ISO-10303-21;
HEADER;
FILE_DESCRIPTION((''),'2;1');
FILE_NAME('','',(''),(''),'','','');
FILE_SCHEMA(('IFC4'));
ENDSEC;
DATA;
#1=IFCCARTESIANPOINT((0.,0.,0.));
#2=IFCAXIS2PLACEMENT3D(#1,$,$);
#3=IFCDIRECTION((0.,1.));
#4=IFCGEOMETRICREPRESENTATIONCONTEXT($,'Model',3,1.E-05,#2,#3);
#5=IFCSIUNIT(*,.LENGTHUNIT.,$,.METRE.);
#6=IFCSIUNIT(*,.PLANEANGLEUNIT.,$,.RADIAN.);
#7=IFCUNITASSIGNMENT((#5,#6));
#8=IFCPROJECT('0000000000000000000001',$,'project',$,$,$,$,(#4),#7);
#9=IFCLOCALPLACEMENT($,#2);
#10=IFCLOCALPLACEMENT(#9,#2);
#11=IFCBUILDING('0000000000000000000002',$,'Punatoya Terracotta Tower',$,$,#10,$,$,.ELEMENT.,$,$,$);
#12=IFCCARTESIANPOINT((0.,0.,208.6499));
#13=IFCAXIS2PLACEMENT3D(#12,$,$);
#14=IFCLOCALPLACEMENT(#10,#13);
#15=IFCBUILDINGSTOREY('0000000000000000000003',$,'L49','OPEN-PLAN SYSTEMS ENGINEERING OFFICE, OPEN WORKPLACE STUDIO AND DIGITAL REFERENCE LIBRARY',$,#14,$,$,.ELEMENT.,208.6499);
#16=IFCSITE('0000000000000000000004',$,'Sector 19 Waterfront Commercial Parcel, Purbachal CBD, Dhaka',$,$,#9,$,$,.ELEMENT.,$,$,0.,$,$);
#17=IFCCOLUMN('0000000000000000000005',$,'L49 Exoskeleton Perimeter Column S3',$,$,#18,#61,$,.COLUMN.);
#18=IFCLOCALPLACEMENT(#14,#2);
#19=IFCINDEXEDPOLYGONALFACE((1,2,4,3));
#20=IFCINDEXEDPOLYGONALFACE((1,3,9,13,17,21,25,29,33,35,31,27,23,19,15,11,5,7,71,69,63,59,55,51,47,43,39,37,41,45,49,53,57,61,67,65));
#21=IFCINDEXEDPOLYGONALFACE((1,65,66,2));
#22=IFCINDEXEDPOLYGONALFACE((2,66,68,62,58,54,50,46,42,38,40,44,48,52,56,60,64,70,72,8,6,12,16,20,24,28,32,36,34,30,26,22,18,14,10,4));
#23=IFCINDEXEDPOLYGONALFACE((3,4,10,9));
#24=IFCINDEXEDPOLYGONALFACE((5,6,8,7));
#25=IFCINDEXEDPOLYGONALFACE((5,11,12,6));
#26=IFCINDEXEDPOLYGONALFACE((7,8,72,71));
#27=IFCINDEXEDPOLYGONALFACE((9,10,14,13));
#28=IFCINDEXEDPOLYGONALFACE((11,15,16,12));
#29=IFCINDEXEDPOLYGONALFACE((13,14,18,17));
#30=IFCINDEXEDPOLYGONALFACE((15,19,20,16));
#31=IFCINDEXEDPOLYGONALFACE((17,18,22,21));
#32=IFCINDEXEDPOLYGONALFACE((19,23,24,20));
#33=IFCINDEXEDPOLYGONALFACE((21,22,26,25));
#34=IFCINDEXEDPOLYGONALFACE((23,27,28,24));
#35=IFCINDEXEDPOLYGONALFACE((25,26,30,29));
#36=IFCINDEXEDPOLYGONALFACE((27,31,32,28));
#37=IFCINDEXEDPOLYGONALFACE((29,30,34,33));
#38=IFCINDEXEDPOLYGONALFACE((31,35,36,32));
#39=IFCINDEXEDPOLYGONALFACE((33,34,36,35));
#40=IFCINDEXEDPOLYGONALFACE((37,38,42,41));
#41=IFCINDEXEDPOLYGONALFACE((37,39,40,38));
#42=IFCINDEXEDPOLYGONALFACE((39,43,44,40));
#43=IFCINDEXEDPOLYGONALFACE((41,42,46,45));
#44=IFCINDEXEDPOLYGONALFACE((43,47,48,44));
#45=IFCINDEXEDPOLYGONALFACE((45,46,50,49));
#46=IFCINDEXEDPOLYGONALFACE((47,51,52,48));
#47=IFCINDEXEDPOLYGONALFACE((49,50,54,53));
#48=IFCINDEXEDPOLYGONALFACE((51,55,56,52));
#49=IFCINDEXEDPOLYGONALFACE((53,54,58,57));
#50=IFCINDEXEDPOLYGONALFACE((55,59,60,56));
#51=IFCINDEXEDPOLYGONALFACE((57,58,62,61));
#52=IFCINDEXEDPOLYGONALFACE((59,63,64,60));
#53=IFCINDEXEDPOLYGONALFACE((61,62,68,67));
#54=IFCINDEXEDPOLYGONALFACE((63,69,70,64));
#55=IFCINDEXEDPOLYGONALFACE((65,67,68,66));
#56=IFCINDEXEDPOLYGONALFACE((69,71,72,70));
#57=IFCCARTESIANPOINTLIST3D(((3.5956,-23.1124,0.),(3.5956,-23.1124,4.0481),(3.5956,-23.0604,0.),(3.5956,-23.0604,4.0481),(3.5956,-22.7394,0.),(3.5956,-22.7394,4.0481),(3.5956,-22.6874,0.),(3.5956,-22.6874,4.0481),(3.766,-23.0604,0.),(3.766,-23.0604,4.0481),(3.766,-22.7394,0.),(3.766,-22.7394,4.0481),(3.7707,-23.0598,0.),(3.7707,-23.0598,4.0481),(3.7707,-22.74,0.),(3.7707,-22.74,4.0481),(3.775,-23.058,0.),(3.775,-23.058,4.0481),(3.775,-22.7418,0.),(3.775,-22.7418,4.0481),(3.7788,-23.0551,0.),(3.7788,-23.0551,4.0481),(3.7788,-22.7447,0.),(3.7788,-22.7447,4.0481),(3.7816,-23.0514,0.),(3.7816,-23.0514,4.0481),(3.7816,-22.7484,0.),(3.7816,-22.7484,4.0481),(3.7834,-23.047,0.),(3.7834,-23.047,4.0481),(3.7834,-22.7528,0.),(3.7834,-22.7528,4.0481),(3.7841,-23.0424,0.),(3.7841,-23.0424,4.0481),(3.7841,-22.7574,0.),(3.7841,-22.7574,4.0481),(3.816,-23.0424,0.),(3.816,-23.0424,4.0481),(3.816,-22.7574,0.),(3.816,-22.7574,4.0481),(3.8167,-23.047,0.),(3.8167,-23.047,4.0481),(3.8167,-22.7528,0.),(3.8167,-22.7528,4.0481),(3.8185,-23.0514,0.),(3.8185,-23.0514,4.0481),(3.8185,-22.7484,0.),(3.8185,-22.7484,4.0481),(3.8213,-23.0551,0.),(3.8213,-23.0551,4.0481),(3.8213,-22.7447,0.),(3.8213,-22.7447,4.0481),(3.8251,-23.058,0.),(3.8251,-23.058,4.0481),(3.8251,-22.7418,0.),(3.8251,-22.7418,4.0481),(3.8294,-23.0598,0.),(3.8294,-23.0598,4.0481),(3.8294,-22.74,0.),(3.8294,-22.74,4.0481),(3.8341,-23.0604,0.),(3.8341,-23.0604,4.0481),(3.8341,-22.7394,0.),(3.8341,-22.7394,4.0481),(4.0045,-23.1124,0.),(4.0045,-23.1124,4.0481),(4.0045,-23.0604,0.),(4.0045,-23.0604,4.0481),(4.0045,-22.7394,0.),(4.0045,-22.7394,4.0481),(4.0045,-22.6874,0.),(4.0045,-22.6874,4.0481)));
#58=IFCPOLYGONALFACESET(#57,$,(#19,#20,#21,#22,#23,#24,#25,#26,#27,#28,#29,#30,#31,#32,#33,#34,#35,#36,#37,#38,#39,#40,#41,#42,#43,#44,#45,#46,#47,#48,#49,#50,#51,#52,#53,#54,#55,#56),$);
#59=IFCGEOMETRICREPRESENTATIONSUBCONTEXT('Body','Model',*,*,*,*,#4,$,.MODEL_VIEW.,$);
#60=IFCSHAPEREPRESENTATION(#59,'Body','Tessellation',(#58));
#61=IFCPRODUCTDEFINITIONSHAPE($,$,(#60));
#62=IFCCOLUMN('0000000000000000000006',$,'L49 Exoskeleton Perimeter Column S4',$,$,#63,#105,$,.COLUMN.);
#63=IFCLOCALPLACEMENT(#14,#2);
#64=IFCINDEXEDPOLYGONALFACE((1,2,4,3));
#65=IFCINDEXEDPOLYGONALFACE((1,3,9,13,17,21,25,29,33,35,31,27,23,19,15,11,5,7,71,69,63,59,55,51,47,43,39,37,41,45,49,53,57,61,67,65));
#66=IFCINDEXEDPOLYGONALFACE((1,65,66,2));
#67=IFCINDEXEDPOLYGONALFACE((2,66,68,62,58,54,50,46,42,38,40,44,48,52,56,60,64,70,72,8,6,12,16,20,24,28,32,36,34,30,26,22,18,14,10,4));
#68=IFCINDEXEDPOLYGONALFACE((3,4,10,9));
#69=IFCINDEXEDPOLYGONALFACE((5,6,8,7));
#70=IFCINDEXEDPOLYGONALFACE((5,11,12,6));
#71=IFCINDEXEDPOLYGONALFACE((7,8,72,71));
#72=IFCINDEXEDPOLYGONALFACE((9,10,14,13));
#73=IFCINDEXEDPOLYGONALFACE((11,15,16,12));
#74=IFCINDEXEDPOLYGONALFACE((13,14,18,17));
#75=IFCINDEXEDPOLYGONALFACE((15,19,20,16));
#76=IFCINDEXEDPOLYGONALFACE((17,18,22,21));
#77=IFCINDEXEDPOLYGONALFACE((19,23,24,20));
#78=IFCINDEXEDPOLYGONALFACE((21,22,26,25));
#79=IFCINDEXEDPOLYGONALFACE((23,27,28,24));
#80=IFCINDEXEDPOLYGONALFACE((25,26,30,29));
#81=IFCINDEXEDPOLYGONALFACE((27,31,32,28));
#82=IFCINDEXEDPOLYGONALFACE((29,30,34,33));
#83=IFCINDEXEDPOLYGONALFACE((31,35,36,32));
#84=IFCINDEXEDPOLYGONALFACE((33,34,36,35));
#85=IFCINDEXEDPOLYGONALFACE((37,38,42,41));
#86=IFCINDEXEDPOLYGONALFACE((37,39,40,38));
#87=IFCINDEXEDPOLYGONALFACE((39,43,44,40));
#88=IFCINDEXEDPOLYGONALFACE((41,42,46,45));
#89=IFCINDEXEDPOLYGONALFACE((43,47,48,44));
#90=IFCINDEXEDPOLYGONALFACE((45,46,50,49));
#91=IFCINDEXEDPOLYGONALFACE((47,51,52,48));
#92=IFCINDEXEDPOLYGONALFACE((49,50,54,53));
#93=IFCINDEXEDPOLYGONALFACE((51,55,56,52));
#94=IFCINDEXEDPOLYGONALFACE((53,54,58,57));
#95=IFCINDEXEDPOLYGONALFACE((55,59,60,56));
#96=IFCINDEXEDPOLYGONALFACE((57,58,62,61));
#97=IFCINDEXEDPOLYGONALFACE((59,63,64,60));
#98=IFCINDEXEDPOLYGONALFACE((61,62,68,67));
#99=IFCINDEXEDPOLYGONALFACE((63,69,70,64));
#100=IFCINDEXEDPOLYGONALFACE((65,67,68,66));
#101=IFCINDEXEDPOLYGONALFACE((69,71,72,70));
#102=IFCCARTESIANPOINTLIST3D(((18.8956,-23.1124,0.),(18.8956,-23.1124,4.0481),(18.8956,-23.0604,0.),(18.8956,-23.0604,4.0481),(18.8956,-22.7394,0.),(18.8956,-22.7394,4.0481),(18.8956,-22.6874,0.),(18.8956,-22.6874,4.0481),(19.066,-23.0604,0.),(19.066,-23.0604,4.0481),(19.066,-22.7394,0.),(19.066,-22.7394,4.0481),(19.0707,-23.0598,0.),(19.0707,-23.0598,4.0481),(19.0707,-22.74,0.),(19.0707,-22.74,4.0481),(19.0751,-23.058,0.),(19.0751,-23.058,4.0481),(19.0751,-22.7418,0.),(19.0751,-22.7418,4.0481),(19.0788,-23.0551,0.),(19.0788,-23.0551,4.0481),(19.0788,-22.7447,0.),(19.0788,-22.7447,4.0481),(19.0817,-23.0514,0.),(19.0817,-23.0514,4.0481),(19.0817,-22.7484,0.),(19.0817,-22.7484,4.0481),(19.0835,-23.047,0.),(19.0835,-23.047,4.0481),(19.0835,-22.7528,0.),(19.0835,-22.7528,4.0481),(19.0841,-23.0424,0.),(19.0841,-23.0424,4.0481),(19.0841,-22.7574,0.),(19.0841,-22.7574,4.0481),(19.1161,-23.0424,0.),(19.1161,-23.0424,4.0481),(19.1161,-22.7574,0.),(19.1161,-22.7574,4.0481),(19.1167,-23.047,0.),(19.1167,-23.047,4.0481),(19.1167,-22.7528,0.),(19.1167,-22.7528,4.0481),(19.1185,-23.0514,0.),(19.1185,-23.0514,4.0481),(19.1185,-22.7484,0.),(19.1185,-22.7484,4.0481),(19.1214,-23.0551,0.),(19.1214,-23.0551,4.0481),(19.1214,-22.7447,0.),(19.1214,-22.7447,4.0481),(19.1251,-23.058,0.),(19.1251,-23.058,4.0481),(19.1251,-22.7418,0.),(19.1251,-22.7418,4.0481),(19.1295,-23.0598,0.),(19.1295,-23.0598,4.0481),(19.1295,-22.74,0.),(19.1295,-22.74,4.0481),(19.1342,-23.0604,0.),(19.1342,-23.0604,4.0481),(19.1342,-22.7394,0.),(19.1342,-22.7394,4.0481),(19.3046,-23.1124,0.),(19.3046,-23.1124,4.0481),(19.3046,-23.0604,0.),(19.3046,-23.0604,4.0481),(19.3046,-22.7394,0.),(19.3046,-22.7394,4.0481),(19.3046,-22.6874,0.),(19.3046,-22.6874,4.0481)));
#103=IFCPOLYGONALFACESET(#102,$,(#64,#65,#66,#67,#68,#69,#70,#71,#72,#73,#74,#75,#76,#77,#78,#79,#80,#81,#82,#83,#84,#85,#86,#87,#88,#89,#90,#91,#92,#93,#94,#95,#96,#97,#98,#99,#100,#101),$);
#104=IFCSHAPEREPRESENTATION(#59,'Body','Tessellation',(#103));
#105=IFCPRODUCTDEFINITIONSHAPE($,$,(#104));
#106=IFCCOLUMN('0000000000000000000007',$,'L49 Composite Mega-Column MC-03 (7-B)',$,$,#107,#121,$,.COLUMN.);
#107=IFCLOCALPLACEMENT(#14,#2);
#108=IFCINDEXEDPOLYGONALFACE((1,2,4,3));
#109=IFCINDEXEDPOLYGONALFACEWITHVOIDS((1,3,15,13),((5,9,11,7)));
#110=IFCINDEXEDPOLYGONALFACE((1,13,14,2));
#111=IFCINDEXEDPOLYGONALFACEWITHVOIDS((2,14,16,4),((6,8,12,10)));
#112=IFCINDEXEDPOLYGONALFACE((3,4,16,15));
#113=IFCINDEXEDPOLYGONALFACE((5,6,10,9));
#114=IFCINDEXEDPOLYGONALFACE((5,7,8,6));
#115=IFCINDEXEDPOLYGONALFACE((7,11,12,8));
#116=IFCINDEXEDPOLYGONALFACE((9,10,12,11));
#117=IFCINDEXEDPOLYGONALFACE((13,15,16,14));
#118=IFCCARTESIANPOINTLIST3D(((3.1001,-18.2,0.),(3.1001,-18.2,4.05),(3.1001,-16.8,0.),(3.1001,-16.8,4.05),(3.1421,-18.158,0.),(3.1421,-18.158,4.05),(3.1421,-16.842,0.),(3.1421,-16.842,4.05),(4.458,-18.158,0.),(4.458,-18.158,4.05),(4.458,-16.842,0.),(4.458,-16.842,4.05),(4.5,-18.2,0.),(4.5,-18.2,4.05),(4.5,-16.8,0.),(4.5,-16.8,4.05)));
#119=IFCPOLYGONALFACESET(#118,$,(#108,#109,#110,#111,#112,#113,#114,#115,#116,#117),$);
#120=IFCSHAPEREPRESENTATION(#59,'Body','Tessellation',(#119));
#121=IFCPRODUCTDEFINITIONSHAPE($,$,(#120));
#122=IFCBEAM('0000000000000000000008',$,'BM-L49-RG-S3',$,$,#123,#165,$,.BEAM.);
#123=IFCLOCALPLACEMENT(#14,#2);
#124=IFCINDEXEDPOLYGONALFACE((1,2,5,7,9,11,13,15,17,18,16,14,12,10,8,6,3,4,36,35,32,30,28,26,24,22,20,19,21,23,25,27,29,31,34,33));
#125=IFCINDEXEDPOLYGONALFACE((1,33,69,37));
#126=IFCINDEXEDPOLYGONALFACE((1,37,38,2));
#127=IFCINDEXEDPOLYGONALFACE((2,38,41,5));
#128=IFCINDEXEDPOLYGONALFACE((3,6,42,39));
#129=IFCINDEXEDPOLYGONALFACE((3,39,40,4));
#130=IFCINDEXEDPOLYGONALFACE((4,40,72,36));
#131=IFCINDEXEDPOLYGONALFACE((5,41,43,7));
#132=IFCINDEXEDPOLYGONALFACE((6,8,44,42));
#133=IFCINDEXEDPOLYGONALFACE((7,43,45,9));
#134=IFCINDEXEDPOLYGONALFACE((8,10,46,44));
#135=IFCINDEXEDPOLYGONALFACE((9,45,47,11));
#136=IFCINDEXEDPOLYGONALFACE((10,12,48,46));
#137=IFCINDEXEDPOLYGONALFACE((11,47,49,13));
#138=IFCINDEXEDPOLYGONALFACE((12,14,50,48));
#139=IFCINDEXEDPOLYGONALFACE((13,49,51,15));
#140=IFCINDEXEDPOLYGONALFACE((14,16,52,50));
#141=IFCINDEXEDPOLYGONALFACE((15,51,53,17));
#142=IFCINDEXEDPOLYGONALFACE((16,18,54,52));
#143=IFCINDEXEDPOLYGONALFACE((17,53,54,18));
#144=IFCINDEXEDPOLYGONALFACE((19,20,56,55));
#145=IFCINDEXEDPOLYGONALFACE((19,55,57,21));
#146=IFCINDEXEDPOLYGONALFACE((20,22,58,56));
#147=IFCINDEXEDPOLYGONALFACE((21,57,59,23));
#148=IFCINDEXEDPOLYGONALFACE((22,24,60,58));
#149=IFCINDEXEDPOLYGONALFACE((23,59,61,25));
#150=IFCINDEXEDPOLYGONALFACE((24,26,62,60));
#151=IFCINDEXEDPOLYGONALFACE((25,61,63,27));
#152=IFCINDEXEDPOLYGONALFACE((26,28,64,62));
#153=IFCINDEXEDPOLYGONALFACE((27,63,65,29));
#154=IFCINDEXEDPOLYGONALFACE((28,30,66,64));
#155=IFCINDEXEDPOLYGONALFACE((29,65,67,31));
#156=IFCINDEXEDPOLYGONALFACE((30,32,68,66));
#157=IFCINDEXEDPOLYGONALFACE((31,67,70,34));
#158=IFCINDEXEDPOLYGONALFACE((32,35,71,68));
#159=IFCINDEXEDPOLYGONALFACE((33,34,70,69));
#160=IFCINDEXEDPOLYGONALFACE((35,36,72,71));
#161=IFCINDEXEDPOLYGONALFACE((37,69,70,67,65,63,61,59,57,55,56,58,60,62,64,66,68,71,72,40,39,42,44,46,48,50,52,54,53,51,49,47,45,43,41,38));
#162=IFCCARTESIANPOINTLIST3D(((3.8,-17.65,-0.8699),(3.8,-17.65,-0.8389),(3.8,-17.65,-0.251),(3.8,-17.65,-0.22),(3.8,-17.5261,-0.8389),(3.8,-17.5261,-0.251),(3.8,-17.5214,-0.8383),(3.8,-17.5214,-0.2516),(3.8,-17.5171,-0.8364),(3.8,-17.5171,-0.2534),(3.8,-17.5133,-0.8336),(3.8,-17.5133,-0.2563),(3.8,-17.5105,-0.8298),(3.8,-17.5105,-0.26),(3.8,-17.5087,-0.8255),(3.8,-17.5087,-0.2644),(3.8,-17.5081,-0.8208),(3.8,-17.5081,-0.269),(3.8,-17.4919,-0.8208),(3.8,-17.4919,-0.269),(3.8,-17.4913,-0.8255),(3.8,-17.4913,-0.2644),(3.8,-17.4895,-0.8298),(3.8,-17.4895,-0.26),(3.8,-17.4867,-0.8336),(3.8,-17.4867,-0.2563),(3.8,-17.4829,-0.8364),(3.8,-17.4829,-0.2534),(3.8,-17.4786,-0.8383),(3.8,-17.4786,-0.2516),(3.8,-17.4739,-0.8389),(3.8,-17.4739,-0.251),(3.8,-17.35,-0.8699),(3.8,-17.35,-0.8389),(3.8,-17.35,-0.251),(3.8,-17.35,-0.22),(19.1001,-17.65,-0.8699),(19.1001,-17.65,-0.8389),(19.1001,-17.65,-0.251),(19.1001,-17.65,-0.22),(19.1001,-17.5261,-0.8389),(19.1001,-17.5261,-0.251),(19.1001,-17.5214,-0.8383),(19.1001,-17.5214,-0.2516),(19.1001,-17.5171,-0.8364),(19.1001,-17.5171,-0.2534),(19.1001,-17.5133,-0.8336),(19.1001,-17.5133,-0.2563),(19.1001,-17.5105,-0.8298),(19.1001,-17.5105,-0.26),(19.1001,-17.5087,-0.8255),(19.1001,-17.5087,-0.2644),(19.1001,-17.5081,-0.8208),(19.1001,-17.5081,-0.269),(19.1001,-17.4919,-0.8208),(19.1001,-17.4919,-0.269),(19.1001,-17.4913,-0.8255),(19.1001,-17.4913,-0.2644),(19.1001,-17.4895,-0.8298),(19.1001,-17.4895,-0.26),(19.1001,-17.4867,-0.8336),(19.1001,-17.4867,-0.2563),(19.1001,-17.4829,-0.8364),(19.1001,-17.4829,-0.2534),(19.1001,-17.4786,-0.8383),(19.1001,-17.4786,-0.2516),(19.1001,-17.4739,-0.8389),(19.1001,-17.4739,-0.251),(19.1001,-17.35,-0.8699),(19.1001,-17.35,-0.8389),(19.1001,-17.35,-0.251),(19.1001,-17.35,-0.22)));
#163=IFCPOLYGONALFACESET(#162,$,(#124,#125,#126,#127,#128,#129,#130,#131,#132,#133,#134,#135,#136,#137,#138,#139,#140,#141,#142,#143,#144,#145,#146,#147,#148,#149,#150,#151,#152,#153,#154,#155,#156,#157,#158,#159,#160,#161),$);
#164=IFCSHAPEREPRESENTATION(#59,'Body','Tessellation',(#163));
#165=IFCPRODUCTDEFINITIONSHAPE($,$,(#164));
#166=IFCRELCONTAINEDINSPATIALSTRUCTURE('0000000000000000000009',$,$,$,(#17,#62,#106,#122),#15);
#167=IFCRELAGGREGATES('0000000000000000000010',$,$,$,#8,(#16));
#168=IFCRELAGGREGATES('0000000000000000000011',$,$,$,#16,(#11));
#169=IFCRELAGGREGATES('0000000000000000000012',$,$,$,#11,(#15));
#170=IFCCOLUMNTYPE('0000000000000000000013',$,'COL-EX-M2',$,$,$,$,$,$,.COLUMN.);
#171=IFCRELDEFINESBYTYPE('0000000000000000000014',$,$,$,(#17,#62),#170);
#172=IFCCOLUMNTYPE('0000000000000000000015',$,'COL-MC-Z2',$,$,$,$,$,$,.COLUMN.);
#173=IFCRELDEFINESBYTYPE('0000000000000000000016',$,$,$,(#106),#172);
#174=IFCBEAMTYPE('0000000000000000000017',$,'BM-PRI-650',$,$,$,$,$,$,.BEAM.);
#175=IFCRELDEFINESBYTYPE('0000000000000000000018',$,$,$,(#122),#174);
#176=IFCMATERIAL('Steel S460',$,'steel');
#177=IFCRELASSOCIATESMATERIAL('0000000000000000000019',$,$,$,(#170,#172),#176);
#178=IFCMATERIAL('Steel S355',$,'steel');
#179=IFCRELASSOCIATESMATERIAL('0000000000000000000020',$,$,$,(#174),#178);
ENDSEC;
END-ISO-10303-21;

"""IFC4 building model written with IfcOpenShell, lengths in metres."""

from ifc_helpers import new_model, si_unit, direction, frame, origin, origin_2d, place, context, subcontext, project, spatial, hollow_rectangle, i_section, extrude, material, material_profile, profile_set, type_object, element, save


model = new_model("IFC4")

# Units and contexts
model_context = context("Model", 3, precision=1e-05, world=origin(), true_north=direction((0.0, 1.0)))
body_context = subcontext(model_context, "Body", "Model", "MODEL_VIEW")
ifc_project = project(units=[si_unit("LENGTHUNIT", "METRE"), si_unit("PLANEANGLEUNIT", "RADIAN")], contexts=[model_context])

# Site, building, storey
site_placement = place(None, origin())
site = spatial("IfcSite", under=ifc_project, at=site_placement, Name="Sector 19 Waterfront Commercial Parcel, Purbachal CBD, Dhaka", CompositionType="ELEMENT", RefElevation=0.0)
building_placement = place(site_placement, origin())
building = spatial("IfcBuilding", under=site, at=building_placement, Name="Punatoya Terracotta Tower", CompositionType="ELEMENT")
storey_placement = place(building_placement, frame((0.0, 0.0, 208.6499)))
storey = spatial("IfcBuildingStorey", under=building, at=storey_placement, Name="L49", Description="OPEN-PLAN SYSTEMS ENGINEERING OFFICE, OPEN WORKPLACE STUDIO AND DIGITAL REFERENCE LIBRARY", CompositionType="ELEMENT", Elevation=208.6499)

# Columns
ifc_material_1 = material(Name="Steel S460", Category="steel")
ifc_material_profile_1 = material_profile(ifc_material_1, i_section(OverallWidth=0.4089, OverallDepth=0.425, WebThickness=0.032, FlangeThickness=0.052, FilletRadius=0.0181, at=origin_2d()))
ifc_profile_set_1 = profile_set([ifc_material_profile_1], Name="Steel S460")
column_type_1 = type_object("IfcColumnType", Name="COL-EX-M2", PredefinedType="COLUMN", material=ifc_profile_set_1)
for number, where, z_axis, x_axis, name in (
    (1, (3.8, -22.8999, 0.0), (0.0, 0.0, 1.0), (1.0, 0.0, 0.0), "L49 Exoskeleton Perimeter Column S3"),
    (2, (19.1001, -22.8999, 0.0), (0.0, 0.0, 1.0), (1.0, 0.0, 0.0), "L49 Exoskeleton Perimeter Column S4"),
):
    element("IfcColumn", number, at=place(storey_placement, frame(where, z_axis=z_axis, x_axis=x_axis)), inside=storey, type_object=column_type_1, Name=name, PredefinedType="COLUMN", context=body_context, shape_type="SweptSolid", body=[
        extrude(i_section(OverallWidth=0.4089, OverallDepth=0.425, WebThickness=0.032, FlangeThickness=0.052, FilletRadius=0.0181, at=origin_2d()), origin(), (0.0, 0.0, 1.0), 4.0481),
    ])
ifc_material_profile_2 = material_profile(ifc_material_1, hollow_rectangle(XDim=1.3999, YDim=1.3999, WallThickness=0.042, at=origin_2d()))
ifc_profile_set_2 = profile_set([ifc_material_profile_2], Name="Steel S460")
column_type_2 = type_object("IfcColumnType", Name="COL-MC-Z2", PredefinedType="COLUMN", material=ifc_profile_set_2)
column_placement = place(storey_placement, frame((3.8, -17.5, 0.0), z_axis=(0.0, 0.0, 1.0), x_axis=(1.0, 0.0, 0.0)))
element("IfcColumn", 3, at=column_placement, inside=storey, type_object=column_type_2, Name="L49 Composite Mega-Column MC-03 (7-B)", PredefinedType="COLUMN", context=body_context, shape_type="SweptSolid", body=[
    extrude(hollow_rectangle(XDim=1.3999, YDim=1.3999, WallThickness=0.042, at=origin_2d()), origin(), (0.0, 0.0, 1.0), 4.05),
])

# Beam
ifc_material_2 = material(Name="Steel S355", Category="steel")
ifc_material_profile_3 = material_profile(ifc_material_2, i_section(OverallWidth=0.3, OverallDepth=0.6499, WebThickness=0.0161, FlangeThickness=0.031, FilletRadius=0.0181, at=origin_2d()))
ifc_profile_set_3 = profile_set([ifc_material_profile_3], Name="Steel S355")
beam_type_1 = type_object("IfcBeamType", Name="BM-PRI-650", PredefinedType="BEAM", material=ifc_profile_set_3)
beam_1_placement = place(storey_placement, frame((3.8, -17.5, -0.5449), z_axis=(1.0, 0.0, 0.0), x_axis=(0.0, 1.0, 0.0)))
element("IfcBeam", 4, at=beam_1_placement, inside=storey, type_object=beam_type_1, Name="BM-L49-RG-S3", PredefinedType="BEAM", context=body_context, shape_type="SweptSolid", body=[
    extrude(i_section(OverallWidth=0.3, OverallDepth=0.6499, WebThickness=0.0161, FlangeThickness=0.031, FilletRadius=0.0181, at=origin_2d()), origin(), (0.0, 0.0, 1.0), 15.3),
])

save(model, "model.ifc")
